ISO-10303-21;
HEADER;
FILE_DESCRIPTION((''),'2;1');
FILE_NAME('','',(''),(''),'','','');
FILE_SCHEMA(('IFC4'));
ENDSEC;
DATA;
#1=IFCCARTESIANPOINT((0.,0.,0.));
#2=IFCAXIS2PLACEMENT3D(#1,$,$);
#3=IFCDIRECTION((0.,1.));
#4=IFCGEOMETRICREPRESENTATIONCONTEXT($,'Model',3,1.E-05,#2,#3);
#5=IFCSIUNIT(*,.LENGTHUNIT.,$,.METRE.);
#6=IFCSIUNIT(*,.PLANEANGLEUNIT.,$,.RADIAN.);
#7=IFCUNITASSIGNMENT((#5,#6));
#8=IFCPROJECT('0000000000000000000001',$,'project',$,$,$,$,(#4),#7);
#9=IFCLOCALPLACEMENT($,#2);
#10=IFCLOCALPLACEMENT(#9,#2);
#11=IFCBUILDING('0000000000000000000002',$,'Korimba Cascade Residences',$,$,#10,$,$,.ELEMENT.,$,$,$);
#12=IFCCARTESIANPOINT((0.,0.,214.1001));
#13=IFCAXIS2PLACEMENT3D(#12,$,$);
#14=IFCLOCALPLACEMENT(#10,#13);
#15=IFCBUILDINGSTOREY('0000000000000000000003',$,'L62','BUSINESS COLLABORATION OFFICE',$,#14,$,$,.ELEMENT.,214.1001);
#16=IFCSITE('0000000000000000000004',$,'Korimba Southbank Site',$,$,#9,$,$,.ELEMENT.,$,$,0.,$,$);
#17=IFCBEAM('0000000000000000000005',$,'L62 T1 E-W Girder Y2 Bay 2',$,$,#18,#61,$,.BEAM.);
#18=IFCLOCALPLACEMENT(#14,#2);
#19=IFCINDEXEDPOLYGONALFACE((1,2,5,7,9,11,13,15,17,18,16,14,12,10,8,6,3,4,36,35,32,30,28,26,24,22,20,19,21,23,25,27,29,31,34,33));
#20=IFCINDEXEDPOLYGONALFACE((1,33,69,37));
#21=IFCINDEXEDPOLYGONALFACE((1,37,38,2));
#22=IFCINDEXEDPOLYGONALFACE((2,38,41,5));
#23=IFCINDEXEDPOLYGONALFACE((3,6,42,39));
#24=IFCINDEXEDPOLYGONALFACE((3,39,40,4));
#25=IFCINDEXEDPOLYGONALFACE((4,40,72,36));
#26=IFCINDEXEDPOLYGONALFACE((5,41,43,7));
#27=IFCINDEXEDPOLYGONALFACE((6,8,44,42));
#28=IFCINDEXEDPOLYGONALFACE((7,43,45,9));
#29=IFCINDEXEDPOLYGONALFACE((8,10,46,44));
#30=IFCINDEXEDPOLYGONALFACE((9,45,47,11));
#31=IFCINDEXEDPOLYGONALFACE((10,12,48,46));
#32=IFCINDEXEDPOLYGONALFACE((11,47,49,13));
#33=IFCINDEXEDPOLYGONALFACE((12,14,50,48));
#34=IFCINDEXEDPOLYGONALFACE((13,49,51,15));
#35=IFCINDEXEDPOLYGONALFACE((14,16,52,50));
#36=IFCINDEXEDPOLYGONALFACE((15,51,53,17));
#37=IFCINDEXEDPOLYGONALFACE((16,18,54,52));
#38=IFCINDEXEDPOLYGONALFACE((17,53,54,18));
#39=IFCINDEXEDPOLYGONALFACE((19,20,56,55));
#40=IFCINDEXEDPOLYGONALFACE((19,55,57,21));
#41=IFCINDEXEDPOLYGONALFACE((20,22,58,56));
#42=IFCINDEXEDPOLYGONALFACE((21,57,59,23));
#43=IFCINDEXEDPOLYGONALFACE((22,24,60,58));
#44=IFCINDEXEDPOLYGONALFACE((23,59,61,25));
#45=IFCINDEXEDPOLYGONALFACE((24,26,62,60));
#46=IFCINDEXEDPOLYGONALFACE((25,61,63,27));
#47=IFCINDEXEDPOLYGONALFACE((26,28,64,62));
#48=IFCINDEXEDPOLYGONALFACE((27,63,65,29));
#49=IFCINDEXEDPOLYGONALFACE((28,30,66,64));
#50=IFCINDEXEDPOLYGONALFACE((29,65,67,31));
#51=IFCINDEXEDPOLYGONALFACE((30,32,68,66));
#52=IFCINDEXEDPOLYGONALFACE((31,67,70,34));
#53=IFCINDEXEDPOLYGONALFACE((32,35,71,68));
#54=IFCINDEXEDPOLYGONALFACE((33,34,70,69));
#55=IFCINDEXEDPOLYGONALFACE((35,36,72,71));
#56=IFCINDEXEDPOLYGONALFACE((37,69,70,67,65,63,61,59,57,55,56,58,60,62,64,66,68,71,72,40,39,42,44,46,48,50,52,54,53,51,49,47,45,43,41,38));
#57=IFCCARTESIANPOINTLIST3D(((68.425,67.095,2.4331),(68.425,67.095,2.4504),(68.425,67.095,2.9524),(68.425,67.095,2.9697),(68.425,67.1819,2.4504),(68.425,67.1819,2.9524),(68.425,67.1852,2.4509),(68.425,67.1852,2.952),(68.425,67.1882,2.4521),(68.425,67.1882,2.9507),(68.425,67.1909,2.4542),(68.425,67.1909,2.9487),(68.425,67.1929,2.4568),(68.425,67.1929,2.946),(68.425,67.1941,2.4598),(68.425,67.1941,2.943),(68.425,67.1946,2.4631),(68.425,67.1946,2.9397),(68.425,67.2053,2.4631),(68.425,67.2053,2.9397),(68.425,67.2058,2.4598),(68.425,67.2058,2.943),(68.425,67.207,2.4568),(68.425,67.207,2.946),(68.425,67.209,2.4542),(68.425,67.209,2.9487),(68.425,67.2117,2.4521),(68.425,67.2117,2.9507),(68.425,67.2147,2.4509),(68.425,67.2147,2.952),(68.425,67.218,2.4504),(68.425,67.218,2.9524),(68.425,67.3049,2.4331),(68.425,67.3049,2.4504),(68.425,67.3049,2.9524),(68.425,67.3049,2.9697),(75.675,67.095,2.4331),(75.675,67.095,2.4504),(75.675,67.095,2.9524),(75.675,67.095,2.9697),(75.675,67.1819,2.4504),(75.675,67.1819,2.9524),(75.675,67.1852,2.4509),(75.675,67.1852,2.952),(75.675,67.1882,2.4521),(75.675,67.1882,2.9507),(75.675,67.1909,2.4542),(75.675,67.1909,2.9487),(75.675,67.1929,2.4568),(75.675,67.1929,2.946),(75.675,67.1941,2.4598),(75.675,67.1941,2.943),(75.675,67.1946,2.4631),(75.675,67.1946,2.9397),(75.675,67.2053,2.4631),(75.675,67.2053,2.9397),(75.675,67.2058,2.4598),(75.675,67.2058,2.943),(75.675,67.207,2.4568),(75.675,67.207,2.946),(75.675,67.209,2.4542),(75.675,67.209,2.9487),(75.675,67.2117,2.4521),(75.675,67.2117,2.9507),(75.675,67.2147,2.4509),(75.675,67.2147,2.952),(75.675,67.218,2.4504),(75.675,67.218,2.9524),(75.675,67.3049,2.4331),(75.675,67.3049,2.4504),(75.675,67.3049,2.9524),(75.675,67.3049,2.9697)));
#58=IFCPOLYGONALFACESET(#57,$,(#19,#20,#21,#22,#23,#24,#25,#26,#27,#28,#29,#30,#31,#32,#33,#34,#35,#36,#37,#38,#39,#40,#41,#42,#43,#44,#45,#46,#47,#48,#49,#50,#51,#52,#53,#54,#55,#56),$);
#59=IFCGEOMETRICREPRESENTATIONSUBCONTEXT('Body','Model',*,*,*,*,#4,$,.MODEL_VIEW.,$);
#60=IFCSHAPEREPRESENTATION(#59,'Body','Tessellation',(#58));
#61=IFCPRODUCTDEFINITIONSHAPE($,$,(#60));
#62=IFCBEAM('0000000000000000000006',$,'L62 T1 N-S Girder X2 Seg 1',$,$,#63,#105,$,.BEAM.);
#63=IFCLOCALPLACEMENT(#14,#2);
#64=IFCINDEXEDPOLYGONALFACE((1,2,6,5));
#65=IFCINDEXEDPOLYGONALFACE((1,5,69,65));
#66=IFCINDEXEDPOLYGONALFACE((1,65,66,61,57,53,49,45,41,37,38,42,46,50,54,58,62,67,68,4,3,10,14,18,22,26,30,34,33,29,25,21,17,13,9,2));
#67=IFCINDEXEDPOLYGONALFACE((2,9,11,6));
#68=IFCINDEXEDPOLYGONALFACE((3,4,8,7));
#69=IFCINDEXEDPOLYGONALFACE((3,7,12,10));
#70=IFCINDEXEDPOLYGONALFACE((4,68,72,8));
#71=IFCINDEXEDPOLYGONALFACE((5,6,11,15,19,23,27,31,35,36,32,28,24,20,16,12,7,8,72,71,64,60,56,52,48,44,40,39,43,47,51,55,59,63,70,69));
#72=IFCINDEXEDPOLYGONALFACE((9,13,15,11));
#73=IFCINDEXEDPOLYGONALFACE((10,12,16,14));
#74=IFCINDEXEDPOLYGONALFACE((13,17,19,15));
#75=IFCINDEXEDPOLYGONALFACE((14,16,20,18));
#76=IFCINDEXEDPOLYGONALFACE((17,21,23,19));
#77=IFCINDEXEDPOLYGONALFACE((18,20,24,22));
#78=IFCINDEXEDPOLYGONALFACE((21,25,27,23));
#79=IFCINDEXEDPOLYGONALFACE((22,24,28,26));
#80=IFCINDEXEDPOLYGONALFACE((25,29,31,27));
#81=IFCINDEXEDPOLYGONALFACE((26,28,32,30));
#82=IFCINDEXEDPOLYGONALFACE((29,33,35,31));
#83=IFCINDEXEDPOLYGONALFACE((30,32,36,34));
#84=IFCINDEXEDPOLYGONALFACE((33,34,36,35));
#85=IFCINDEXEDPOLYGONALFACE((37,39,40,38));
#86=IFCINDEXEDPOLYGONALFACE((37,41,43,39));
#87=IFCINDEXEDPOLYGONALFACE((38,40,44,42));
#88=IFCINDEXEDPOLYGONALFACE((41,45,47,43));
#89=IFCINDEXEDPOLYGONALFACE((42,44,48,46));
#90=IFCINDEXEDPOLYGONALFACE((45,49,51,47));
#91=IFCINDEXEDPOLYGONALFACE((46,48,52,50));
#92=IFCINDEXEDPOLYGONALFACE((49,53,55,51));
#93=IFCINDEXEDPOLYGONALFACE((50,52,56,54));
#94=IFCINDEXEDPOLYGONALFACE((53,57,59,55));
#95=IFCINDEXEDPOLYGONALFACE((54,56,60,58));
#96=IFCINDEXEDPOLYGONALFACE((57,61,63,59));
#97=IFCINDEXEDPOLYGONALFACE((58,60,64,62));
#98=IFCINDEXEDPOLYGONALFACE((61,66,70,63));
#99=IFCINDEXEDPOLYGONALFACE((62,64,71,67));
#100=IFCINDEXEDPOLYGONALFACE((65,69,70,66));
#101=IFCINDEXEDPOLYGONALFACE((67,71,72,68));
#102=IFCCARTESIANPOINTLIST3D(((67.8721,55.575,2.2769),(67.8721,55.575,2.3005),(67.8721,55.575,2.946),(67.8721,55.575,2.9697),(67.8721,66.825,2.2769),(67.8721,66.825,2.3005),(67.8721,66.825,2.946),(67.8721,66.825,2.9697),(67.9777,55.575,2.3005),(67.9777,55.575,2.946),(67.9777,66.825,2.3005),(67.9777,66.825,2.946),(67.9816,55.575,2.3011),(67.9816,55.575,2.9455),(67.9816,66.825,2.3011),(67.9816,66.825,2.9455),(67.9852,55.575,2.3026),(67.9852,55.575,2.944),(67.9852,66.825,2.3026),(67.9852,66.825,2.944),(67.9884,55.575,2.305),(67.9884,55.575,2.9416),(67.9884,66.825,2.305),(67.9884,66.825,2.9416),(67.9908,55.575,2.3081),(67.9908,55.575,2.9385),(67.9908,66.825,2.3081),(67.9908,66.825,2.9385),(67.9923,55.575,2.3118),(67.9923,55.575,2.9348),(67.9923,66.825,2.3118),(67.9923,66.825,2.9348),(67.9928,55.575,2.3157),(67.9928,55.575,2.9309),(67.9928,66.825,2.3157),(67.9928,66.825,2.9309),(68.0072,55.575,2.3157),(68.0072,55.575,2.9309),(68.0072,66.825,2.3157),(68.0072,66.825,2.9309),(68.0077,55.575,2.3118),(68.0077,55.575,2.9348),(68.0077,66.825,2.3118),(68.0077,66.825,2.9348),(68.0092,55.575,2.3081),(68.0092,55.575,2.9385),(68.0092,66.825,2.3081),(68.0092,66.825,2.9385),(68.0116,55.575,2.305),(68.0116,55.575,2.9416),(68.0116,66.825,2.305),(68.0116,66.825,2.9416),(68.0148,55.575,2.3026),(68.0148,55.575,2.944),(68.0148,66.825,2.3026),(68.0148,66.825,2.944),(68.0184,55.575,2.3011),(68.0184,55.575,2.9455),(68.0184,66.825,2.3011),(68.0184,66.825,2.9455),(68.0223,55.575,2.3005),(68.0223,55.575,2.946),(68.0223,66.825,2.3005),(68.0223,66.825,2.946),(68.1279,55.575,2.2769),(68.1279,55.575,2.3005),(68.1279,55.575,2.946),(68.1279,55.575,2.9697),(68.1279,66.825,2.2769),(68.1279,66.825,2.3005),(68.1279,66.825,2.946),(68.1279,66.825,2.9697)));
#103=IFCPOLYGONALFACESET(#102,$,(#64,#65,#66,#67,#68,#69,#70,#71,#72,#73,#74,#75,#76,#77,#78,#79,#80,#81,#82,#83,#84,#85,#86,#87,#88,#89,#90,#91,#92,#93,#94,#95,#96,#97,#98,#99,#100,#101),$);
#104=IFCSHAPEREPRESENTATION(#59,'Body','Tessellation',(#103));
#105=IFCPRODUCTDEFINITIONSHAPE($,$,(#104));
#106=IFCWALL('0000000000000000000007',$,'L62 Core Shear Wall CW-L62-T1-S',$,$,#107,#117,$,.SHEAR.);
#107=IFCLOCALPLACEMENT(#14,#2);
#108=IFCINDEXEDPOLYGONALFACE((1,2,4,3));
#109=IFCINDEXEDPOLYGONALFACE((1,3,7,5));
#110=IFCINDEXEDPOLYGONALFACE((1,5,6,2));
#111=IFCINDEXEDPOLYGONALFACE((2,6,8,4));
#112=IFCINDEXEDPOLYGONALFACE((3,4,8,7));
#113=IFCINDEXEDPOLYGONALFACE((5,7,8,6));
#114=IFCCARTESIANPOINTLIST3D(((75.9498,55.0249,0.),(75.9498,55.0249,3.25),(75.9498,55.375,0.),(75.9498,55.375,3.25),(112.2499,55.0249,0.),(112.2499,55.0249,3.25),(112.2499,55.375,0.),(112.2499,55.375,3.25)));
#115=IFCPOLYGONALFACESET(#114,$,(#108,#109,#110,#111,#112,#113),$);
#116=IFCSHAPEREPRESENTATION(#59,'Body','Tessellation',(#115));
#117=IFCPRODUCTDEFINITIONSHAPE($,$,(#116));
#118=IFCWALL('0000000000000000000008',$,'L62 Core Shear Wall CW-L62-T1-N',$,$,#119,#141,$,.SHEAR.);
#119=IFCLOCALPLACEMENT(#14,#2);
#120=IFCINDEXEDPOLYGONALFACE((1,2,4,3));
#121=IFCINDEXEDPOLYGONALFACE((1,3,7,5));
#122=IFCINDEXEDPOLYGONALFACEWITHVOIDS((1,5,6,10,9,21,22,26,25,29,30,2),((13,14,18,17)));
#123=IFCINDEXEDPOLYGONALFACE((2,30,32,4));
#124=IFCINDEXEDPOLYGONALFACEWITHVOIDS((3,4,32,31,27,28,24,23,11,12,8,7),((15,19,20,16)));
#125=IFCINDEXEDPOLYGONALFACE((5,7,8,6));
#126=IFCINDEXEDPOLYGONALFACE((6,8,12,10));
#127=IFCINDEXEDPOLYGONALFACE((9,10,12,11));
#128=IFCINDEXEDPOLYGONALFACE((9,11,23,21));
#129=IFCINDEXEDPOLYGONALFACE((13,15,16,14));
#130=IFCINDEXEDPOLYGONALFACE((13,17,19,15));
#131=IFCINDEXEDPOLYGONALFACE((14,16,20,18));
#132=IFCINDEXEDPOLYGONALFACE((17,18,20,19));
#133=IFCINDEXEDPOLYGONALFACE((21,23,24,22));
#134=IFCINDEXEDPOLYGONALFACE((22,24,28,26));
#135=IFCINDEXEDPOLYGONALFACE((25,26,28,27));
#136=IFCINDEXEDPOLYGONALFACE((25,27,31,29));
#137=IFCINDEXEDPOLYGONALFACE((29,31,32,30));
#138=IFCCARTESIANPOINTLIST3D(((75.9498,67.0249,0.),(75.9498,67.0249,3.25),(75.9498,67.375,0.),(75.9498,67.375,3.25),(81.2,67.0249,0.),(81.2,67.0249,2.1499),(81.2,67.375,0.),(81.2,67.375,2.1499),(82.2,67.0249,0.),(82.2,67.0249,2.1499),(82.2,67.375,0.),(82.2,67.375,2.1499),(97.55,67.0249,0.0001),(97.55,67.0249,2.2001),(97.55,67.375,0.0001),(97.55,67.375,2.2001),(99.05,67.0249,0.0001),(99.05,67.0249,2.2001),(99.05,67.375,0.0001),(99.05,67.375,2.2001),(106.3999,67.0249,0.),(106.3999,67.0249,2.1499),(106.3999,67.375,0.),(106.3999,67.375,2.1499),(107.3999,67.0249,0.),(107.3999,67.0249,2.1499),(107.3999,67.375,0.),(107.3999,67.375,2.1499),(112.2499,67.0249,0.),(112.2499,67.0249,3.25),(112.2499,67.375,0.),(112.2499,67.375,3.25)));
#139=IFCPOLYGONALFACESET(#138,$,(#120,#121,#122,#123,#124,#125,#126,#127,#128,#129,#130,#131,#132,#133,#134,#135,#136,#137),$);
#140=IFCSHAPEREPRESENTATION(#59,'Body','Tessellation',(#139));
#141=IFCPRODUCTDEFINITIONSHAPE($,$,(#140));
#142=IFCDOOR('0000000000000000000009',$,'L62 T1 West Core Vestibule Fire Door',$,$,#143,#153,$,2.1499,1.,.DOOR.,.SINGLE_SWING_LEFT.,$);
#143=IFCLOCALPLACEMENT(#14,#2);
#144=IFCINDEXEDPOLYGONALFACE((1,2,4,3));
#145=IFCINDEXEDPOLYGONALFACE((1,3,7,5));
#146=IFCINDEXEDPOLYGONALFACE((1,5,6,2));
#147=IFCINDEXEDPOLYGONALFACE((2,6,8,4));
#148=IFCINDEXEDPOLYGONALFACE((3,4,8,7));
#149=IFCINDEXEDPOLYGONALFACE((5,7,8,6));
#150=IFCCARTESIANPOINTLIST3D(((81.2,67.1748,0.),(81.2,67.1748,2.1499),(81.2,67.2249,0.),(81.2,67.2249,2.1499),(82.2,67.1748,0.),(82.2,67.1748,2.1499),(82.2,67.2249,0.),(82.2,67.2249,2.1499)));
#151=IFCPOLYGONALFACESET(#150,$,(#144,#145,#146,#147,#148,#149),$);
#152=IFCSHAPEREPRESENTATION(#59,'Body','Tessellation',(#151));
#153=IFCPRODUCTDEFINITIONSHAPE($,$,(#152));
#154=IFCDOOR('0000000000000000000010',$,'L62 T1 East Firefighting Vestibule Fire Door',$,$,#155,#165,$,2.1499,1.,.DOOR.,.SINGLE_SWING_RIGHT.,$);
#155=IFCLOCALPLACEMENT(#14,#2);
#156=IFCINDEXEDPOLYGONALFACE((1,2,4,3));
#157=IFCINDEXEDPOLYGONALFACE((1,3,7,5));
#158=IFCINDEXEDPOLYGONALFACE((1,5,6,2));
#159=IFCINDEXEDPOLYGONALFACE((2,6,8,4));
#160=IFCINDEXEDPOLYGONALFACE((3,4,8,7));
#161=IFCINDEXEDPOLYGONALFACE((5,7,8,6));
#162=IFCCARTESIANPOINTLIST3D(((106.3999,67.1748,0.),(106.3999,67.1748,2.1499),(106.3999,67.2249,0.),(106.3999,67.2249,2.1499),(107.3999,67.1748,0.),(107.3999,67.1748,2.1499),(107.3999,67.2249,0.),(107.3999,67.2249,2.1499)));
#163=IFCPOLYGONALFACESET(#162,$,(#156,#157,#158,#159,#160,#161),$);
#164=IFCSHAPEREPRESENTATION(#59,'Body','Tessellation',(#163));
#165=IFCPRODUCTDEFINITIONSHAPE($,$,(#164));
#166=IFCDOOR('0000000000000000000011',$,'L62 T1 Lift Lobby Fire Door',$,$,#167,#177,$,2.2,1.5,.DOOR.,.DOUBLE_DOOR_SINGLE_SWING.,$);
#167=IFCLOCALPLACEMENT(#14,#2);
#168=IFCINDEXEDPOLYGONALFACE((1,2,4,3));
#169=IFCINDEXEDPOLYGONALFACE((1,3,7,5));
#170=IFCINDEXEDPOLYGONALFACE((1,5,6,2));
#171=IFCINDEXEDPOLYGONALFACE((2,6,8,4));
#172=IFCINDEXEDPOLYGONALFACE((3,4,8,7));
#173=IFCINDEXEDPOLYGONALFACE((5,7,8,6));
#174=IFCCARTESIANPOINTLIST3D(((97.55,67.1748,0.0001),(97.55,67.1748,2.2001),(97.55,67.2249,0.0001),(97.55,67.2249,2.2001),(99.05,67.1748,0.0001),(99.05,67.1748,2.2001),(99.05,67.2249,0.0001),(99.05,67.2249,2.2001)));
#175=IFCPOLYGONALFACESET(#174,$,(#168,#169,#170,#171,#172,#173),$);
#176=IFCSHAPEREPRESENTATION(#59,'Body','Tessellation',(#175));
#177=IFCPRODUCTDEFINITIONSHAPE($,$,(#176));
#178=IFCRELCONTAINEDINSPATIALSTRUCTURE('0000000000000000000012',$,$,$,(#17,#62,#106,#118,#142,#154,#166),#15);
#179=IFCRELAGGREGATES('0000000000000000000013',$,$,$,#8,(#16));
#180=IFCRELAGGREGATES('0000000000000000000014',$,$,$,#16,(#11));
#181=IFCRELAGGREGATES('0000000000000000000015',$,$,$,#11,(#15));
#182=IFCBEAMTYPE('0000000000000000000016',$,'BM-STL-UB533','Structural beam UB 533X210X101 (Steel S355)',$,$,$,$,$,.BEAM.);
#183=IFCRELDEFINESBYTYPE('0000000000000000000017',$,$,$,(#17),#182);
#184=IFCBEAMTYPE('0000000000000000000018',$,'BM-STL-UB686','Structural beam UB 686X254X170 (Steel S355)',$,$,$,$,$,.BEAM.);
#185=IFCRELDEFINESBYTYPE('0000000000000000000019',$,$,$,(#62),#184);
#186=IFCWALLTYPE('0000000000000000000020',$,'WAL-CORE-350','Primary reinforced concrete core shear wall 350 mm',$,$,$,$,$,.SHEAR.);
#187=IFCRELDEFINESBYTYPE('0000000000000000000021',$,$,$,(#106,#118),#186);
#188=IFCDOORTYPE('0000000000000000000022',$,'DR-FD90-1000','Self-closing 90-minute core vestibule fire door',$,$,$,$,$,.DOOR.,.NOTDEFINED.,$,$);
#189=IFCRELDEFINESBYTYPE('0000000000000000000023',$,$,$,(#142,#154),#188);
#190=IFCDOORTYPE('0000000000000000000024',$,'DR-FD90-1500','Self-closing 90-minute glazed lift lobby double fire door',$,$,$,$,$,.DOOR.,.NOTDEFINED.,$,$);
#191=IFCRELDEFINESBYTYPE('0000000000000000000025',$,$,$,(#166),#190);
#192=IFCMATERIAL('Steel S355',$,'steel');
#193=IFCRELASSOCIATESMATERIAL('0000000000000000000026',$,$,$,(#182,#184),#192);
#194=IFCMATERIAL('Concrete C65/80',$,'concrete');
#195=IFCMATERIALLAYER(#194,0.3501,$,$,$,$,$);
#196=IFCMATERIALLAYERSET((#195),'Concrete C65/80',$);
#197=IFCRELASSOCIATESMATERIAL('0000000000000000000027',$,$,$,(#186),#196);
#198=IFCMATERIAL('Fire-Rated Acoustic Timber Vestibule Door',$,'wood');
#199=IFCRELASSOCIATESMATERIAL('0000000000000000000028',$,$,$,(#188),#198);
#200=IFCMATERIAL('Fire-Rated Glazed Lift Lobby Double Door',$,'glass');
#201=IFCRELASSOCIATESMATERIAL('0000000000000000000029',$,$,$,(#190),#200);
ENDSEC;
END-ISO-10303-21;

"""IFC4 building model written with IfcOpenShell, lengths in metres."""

from ifc_helpers import new_model, si_unit, direction, frame, frame_2d, origin, origin_2d, place, context, subcontext, project, spatial, rectangle, i_section, extrude, material, layer, layer_set, material_profile, profile_set, type_object, element, fill, save


model = new_model("IFC4")

# Units and contexts
model_context = context("Model", 3, precision=1e-05, world=origin(), true_north=direction((0.0, 1.0)))
body_context = subcontext(model_context, "Body", "Model", "MODEL_VIEW")
ifc_project = project(units=[si_unit("LENGTHUNIT", "METRE"), si_unit("PLANEANGLEUNIT", "RADIAN")], contexts=[model_context])

# Site, building, storey
site_placement = place(None, origin())
site = spatial("IfcSite", under=ifc_project, at=site_placement, Name="Korimba Southbank Site", CompositionType="ELEMENT", RefElevation=0.0)
building_placement = place(site_placement, origin())
building = spatial("IfcBuilding", under=site, at=building_placement, Name="Korimba Cascade Residences", CompositionType="ELEMENT")
storey_placement = place(building_placement, frame((0.0, 0.0, 214.1001)))
storey = spatial("IfcBuildingStorey", under=building, at=storey_placement, Name="L62", Description="BUSINESS COLLABORATION OFFICE", CompositionType="ELEMENT", Elevation=214.1001)

# Shared definitions
ifc_material_1 = material(Name="Concrete C65/80", Category="concrete")

# Beams
ifc_material_2 = material(Name="Steel S355", Category="steel")
ifc_material_profile_1 = material_profile(ifc_material_2, i_section(OverallWidth=0.21, OverallDepth=0.5366, WebThickness=0.0107, FlangeThickness=0.0173, FilletRadius=0.0127, at=origin_2d()), Name="Steel S355")
ifc_profile_set_1 = profile_set([ifc_material_profile_1], Name="Steel S355")
beam_type_1 = type_object("IfcBeamType", Name="BM-STL-UB533", Description="Structural beam UB 533X210X101 (Steel S355)", PredefinedType="BEAM", material=ifc_profile_set_1)
beam_1_placement = place(storey_placement, frame((68.425, 67.2, 2.7014), z_axis=(1.0, 0.0, 0.0), x_axis=(0.0, 1.0, 0.0)))
element("IfcBeam", 1, at=beam_1_placement, inside=storey, type_object=beam_type_1, Name="L62 T1 E-W Girder Y2 Bay 2", PredefinedType="BEAM", context=body_context, shape_type="SweptSolid", body=[
    extrude(i_section(OverallWidth=0.21, OverallDepth=0.5366, WebThickness=0.0107, FlangeThickness=0.0173, FilletRadius=0.0127, at=origin_2d()), origin(), (0.0, 0.0, 1.0), 7.25),
])
ifc_material_profile_2 = material_profile(ifc_material_2, i_section(OverallWidth=0.2559, OverallDepth=0.6929, WebThickness=0.0144, FlangeThickness=0.0237, FilletRadius=0.0151, at=origin_2d()), Name="Steel S355")
ifc_profile_set_2 = profile_set([ifc_material_profile_2], Name="Steel S355")
beam_type_2 = type_object("IfcBeamType", Name="BM-STL-UB686", Description="Structural beam UB 686X254X170 (Steel S355)", PredefinedType="BEAM", material=ifc_profile_set_2)
beam_2_placement = place(storey_placement, frame((68.0, 55.575, 2.6233), z_axis=(0.0, 1.0, 0.0), x_axis=(-1.0, 0.0, 0.0)))
element("IfcBeam", 2, at=beam_2_placement, inside=storey, type_object=beam_type_2, Name="L62 T1 N-S Girder X2 Seg 1", PredefinedType="BEAM", context=body_context, shape_type="SweptSolid", body=[
    extrude(i_section(OverallWidth=0.2559, OverallDepth=0.6929, WebThickness=0.0144, FlangeThickness=0.0237, FilletRadius=0.0151, at=origin_2d()), origin(), (0.0, 0.0, 1.0), 11.25),
])

# Wall
ifc_layer_1 = layer(ifc_material_1, 0.3501)
ifc_layer_set_1 = layer_set([ifc_layer_1], Name="Concrete C65/80")
wall_type_1 = type_object("IfcWallType", Name="WAL-CORE-350", Description="Primary reinforced concrete core shear wall 350 mm", PredefinedType="SHEAR", material=ifc_layer_set_1)
wall_1_placement = place(storey_placement, frame((75.95, 55.2, 0.0), z_axis=(0.0, 0.0, 1.0), x_axis=(1.0, 0.0, 0.0)))
element("IfcWall", 3, at=wall_1_placement, inside=storey, type_object=wall_type_1, Name="L62 Core Shear Wall CW-L62-T1-S", PredefinedType="SHEAR", context=body_context, shape_type="SweptSolid", body=[
    extrude(rectangle(XDim=36.3, YDim=0.3501, at=frame_2d((18.1499, 0.0))), origin(), (0.0, 0.0, 1.0), 3.25),
])

# Wall, openings, doors
wall_2_placement = place(storey_placement, frame((75.95, 67.2, 0.0), z_axis=(0.0, 0.0, 1.0), x_axis=(1.0, 0.0, 0.0)))
wall_2 = element("IfcWall", 4, at=wall_2_placement, inside=storey, type_object=wall_type_1, Name="L62 Core Shear Wall CW-L62-T1-N", PredefinedType="SHEAR", context=body_context, shape_type="SweptSolid", body=[
    extrude(rectangle(XDim=36.3, YDim=0.3501, at=frame_2d((18.1499, 0.0))), origin(), (0.0, 0.0, 1.0), 3.25),
])
opening_1_placement = place(wall_2_placement, frame((5.25, 0.0, 0.0)))
opening_1 = element("IfcOpeningElement", 5, at=opening_1_placement, cuts=wall_2, PredefinedType="OPENING", context=body_context, shape_type="SweptSolid", body=[
    extrude(rectangle(XDim=1.0, YDim=2.1499, at=frame_2d((0.5, 1.075))), frame((0.0, 0.1851, 0.0), z_axis=(0.0, -1.0, 0.0), x_axis=(1.0, 0.0, 0.0)), (0.0, 0.0, 1.0), 0.3701),
])
opening_2_placement = place(wall_2_placement, frame((21.6001, 0.0, 0.0)))
opening_2 = element("IfcOpeningElement", 6, at=opening_2_placement, cuts=wall_2, PredefinedType="OPENING", context=body_context, shape_type="SweptSolid", body=[
    extrude(rectangle(XDim=1.5, YDim=2.2, at=frame_2d((0.75, 1.1001))), frame((0.0, 0.1851, 0.0), z_axis=(0.0, -1.0, 0.0), x_axis=(1.0, 0.0, 0.0)), (0.0, 0.0, 1.0), 0.3701),
])
opening_3_placement = place(wall_2_placement, frame((30.45, 0.0, 0.0)))
opening_3 = element("IfcOpeningElement", 7, at=opening_3_placement, cuts=wall_2, PredefinedType="OPENING", context=body_context, shape_type="SweptSolid", body=[
    extrude(rectangle(XDim=1.0, YDim=2.1499, at=frame_2d((0.5, 1.075))), frame((0.0, 0.1851, 0.0), z_axis=(0.0, -1.0, 0.0), x_axis=(1.0, 0.0, 0.0)), (0.0, 0.0, 1.0), 0.3701),
])
ifc_material_3 = material(Name="Fire-Rated Acoustic Timber Vestibule Door", Category="wood")
door_type_1 = type_object("IfcDoorType", Name="DR-FD90-1000", Description="Self-closing 90-minute core vestibule fire door", OperationType="NOTDEFINED", PredefinedType="DOOR", material=ifc_material_3)
door_1_placement = place(opening_1_placement, origin())
door_1 = element("IfcDoor", 8, at=door_1_placement, inside=storey, type_object=door_type_1, Name="L62 T1 West Core Vestibule Fire Door", OperationType="SINGLE_SWING_LEFT", OverallHeight=2.1499, OverallWidth=1.0, PredefinedType="DOOR", context=body_context, shape_type="SweptSolid", body=[
    extrude(rectangle(XDim=1.0, YDim=2.1499, at=frame_2d((0.5, 1.075))), frame((0.0, 0.0249, 0.0), z_axis=(0.0, -1.0, 0.0), x_axis=(1.0, 0.0, 0.0)), (0.0, 0.0, 1.0), 0.05),
])
fill(opening_1, door_1)
door_2_placement = place(opening_3_placement, origin())
door_2 = element("IfcDoor", 9, at=door_2_placement, inside=storey, type_object=door_type_1, Name="L62 T1 East Firefighting Vestibule Fire Door", OperationType="SINGLE_SWING_RIGHT", OverallHeight=2.1499, OverallWidth=1.0, PredefinedType="DOOR", context=body_context, shape_type="SweptSolid", body=[
    extrude(rectangle(XDim=1.0, YDim=2.1499, at=frame_2d((0.5, 1.075))), frame((0.0, 0.0249, 0.0), z_axis=(0.0, -1.0, 0.0), x_axis=(1.0, 0.0, 0.0)), (0.0, 0.0, 1.0), 0.05),
])
fill(opening_3, door_2)
ifc_material_4 = material(Name="Fire-Rated Glazed Lift Lobby Double Door", Category="glass")
door_type_2 = type_object("IfcDoorType", Name="DR-FD90-1500", Description="Self-closing 90-minute glazed lift lobby double fire door", OperationType="NOTDEFINED", PredefinedType="DOOR", material=ifc_material_4)
door_3_placement = place(opening_2_placement, origin())
door_3 = element("IfcDoor", 10, at=door_3_placement, inside=storey, type_object=door_type_2, Name="L62 T1 Lift Lobby Fire Door", OperationType="DOUBLE_DOOR_SINGLE_SWING", OverallHeight=2.2, OverallWidth=1.5, PredefinedType="DOOR", context=body_context, shape_type="SweptSolid", body=[
    extrude(rectangle(XDim=1.5, YDim=2.2, at=frame_2d((0.75, 1.1001))), frame((0.0, 0.0249, 0.0), z_axis=(0.0, -1.0, 0.0), x_axis=(1.0, 0.0, 0.0)), (0.0, 0.0, 1.0), 0.05),
])
fill(opening_2, door_3)

save(model, "model.ifc")
